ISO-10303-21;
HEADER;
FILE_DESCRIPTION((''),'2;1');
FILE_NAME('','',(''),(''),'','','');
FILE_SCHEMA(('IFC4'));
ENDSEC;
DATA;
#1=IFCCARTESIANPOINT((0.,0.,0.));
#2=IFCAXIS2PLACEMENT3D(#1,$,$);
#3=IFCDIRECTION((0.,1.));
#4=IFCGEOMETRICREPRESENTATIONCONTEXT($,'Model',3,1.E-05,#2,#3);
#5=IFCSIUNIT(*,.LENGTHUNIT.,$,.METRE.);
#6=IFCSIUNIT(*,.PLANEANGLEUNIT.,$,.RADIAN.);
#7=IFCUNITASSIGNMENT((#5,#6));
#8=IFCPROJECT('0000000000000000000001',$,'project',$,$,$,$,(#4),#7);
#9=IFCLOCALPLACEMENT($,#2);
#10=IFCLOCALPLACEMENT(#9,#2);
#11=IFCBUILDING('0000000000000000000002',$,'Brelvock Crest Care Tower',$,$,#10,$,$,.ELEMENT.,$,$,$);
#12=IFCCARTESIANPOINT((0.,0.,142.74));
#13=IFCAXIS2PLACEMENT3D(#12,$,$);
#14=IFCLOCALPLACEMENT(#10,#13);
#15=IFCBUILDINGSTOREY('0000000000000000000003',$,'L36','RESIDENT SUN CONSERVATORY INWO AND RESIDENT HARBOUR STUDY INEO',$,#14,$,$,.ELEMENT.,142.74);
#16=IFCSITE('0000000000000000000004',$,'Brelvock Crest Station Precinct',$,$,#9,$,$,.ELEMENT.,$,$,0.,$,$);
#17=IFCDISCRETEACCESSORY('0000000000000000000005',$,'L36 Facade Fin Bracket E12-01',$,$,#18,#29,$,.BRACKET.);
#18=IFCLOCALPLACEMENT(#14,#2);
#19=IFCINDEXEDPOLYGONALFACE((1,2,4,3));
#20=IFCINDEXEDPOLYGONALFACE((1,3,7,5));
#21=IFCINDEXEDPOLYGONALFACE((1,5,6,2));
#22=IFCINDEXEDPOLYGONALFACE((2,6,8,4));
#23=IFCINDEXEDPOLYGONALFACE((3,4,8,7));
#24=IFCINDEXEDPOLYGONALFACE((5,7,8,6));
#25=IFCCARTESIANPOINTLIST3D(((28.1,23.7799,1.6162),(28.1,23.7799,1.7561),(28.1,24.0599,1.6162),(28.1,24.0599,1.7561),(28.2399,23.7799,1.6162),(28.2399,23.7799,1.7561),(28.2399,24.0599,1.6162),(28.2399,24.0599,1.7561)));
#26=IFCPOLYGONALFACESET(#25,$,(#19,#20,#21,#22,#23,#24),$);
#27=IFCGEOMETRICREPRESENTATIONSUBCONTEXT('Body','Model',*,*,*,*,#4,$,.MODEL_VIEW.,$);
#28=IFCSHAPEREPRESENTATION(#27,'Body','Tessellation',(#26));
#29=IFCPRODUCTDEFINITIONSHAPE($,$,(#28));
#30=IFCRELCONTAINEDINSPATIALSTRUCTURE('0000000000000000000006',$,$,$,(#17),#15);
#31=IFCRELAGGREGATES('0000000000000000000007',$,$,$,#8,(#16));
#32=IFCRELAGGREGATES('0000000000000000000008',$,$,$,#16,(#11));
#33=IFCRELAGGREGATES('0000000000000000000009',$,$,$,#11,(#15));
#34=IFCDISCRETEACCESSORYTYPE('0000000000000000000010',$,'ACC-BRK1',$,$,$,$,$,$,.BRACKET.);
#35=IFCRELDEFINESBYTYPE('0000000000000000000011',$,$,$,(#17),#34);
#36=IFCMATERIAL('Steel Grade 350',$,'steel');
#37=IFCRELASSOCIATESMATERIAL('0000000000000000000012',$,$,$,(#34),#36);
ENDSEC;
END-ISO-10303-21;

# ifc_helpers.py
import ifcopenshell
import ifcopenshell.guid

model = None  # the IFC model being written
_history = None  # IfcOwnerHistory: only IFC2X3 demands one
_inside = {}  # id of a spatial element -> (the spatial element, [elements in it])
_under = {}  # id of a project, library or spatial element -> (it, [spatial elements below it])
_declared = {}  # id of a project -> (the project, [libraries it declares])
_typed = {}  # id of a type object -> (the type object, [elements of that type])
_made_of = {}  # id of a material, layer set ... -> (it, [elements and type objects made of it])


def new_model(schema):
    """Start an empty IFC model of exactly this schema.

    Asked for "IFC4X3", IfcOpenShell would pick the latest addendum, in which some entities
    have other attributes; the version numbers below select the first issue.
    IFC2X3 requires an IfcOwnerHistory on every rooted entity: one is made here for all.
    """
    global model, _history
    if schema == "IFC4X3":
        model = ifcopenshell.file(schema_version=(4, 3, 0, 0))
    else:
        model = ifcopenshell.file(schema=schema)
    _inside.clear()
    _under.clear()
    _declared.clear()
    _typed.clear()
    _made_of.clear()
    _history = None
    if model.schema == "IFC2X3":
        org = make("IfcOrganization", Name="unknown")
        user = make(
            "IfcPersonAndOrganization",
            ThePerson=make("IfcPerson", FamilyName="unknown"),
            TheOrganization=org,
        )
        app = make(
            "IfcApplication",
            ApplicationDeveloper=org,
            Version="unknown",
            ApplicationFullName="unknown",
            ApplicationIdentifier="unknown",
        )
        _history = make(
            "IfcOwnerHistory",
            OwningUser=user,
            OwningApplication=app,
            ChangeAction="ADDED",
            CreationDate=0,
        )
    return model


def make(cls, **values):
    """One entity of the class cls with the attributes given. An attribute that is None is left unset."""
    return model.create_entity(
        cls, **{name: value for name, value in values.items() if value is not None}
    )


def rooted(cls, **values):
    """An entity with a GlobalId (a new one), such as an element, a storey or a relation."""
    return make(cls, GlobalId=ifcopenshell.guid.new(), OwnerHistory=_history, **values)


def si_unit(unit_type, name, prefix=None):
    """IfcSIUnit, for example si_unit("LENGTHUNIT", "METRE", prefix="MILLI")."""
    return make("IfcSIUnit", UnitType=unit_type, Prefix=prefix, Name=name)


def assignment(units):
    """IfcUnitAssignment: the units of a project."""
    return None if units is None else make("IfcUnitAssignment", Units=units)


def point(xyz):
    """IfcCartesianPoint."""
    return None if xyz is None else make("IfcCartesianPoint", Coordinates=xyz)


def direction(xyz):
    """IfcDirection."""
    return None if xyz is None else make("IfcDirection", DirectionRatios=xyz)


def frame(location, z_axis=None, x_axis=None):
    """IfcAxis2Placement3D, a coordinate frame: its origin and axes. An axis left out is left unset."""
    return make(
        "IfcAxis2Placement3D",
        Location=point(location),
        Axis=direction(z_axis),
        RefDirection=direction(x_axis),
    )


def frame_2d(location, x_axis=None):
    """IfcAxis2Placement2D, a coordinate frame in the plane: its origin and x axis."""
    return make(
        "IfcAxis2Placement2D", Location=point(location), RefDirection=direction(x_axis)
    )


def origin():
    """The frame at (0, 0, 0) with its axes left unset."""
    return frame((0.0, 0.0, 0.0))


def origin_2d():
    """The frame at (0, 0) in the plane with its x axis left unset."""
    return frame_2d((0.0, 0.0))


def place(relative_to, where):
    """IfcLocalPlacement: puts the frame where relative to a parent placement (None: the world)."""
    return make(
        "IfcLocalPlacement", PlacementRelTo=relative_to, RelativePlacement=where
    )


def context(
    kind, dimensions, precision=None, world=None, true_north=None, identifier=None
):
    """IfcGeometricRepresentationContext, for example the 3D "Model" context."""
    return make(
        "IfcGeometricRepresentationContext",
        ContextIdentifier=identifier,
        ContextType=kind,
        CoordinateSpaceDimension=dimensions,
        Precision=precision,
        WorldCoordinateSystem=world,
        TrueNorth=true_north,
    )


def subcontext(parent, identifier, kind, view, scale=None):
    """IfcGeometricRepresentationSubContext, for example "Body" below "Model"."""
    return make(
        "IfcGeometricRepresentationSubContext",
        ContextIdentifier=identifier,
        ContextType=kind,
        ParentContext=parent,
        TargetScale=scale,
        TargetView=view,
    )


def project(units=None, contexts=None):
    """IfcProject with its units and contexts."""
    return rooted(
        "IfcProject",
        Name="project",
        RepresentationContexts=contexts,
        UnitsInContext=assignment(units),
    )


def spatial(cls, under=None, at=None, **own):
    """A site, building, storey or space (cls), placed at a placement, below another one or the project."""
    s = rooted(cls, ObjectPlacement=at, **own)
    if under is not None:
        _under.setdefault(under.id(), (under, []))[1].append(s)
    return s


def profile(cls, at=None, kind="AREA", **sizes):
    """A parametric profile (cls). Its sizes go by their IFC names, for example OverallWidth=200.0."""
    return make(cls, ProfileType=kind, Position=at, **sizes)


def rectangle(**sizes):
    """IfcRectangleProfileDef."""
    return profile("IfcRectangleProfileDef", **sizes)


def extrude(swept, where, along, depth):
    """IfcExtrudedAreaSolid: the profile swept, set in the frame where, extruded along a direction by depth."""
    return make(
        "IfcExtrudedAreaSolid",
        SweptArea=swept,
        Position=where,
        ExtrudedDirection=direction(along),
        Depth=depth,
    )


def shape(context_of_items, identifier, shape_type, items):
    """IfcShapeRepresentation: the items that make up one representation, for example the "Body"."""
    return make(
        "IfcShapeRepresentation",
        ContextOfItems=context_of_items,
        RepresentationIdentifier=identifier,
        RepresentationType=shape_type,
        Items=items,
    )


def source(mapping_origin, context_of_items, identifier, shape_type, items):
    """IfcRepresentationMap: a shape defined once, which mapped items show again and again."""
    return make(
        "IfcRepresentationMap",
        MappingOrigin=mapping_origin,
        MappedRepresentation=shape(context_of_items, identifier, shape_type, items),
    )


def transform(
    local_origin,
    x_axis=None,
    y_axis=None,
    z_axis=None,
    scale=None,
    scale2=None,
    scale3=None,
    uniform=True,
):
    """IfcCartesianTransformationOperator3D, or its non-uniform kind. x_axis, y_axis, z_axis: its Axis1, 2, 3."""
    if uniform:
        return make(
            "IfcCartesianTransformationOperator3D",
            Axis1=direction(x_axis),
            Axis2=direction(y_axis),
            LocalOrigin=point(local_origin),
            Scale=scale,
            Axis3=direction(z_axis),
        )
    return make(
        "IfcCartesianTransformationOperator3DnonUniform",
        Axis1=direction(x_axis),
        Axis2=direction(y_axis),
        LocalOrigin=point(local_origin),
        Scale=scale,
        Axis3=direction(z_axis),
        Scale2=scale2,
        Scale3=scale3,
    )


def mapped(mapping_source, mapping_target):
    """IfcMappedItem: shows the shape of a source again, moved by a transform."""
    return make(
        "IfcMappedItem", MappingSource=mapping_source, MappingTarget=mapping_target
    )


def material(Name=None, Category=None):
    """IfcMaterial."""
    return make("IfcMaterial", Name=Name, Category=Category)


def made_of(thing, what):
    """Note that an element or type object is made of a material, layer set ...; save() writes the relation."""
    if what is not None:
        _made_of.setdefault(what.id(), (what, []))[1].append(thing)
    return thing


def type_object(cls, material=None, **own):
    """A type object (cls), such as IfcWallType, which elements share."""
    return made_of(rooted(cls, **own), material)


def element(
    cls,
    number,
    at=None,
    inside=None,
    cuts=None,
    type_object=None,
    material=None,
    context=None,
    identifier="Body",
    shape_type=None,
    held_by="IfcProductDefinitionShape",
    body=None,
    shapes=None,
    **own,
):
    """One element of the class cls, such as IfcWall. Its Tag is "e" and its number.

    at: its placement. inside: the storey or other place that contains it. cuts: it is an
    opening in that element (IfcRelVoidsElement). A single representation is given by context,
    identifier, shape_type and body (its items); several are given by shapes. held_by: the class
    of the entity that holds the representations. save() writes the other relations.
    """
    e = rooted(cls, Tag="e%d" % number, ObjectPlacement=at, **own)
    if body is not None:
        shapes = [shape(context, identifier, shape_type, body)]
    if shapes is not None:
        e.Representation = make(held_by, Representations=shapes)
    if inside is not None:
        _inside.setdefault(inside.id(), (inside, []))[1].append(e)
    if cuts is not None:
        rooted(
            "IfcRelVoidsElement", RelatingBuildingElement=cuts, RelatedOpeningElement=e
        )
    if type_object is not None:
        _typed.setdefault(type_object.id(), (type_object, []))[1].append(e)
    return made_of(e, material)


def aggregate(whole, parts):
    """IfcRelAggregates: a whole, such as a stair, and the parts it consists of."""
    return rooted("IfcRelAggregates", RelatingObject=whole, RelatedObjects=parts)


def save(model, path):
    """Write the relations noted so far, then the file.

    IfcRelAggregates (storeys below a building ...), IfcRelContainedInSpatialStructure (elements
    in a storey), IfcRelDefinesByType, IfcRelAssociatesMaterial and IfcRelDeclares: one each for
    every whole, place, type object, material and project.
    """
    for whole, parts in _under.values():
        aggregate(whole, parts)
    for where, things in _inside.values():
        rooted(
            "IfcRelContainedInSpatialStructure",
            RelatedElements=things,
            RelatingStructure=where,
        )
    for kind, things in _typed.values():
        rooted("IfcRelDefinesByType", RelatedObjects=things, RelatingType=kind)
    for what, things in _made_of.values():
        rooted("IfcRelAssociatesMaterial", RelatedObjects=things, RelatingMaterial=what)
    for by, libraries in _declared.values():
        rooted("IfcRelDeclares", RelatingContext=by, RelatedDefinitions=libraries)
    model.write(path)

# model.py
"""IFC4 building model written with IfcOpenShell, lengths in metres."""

from ifc_helpers import new_model, si_unit, direction, frame, origin, origin_2d, place, context, subcontext, project, spatial, rectangle, extrude, source, transform, mapped, material, type_object, element, save


model = new_model("IFC4")

# Units and contexts
model_context = context("Model", 3, precision=1e-05, world=origin(), true_north=direction((0.0, 1.0)))
body_context = subcontext(model_context, "Body", "Model", "MODEL_VIEW")
ifc_project = project(units=[si_unit("LENGTHUNIT", "METRE"), si_unit("PLANEANGLEUNIT", "RADIAN")], contexts=[model_context])

# Site, building, storey
site_placement = place(None, origin())
site = spatial("IfcSite", under=ifc_project, at=site_placement, Name="Brelvock Crest Station Precinct", CompositionType="ELEMENT", RefElevation=0.0)
building_placement = place(site_placement, origin())
building = spatial("IfcBuilding", under=site, at=building_placement, Name="Brelvock Crest Care Tower", CompositionType="ELEMENT")
storey_placement = place(building_placement, frame((0.0, 0.0, 142.74)))
storey = spatial("IfcBuildingStorey", under=building, at=storey_placement, Name="L36", Description="RESIDENT SUN CONSERVATORY INWO AND RESIDENT HARBOUR STUDY INEO", CompositionType="ELEMENT", Elevation=142.74)

# Shared definitions
ifc_material_1 = material(Name="Steel Grade 350", Category="steel")

# Discrete accessory
discrete_accessory_type = type_object("IfcDiscreteAccessoryType", Name="ACC-BRK1", PredefinedType="BRACKET", material=ifc_material_1)
shared_shape_1 = source(origin(), body_context, "Body", "SweptSolid", [
    extrude(rectangle(XDim=0.28, YDim=0.1399, at=origin_2d()), origin(), (0.0, 0.0, 1.0), 0.1399),
])
discrete_accessory_placement = place(storey_placement, frame((28.1699, 23.9199, 1.6162), z_axis=(0.0, 0.0, 1.0), x_axis=(0.0, -1.0, 0.0)))
element("IfcDiscreteAccessory", 1, at=discrete_accessory_placement, inside=storey, type_object=discrete_accessory_type, Name="L36 Facade Fin Bracket E12-01", PredefinedType="BRACKET", context=body_context, shape_type="MappedRepresentation", body=[
    mapped(shared_shape_1, transform((0.0, 0.0, 0.0), x_axis=(1.0, 0.0, 0.0), y_axis=(0.0, 1.0, 0.0), z_axis=(0.0, 0.0, 1.0), scale=1.0)),
])

save(model, "model.ifc")
